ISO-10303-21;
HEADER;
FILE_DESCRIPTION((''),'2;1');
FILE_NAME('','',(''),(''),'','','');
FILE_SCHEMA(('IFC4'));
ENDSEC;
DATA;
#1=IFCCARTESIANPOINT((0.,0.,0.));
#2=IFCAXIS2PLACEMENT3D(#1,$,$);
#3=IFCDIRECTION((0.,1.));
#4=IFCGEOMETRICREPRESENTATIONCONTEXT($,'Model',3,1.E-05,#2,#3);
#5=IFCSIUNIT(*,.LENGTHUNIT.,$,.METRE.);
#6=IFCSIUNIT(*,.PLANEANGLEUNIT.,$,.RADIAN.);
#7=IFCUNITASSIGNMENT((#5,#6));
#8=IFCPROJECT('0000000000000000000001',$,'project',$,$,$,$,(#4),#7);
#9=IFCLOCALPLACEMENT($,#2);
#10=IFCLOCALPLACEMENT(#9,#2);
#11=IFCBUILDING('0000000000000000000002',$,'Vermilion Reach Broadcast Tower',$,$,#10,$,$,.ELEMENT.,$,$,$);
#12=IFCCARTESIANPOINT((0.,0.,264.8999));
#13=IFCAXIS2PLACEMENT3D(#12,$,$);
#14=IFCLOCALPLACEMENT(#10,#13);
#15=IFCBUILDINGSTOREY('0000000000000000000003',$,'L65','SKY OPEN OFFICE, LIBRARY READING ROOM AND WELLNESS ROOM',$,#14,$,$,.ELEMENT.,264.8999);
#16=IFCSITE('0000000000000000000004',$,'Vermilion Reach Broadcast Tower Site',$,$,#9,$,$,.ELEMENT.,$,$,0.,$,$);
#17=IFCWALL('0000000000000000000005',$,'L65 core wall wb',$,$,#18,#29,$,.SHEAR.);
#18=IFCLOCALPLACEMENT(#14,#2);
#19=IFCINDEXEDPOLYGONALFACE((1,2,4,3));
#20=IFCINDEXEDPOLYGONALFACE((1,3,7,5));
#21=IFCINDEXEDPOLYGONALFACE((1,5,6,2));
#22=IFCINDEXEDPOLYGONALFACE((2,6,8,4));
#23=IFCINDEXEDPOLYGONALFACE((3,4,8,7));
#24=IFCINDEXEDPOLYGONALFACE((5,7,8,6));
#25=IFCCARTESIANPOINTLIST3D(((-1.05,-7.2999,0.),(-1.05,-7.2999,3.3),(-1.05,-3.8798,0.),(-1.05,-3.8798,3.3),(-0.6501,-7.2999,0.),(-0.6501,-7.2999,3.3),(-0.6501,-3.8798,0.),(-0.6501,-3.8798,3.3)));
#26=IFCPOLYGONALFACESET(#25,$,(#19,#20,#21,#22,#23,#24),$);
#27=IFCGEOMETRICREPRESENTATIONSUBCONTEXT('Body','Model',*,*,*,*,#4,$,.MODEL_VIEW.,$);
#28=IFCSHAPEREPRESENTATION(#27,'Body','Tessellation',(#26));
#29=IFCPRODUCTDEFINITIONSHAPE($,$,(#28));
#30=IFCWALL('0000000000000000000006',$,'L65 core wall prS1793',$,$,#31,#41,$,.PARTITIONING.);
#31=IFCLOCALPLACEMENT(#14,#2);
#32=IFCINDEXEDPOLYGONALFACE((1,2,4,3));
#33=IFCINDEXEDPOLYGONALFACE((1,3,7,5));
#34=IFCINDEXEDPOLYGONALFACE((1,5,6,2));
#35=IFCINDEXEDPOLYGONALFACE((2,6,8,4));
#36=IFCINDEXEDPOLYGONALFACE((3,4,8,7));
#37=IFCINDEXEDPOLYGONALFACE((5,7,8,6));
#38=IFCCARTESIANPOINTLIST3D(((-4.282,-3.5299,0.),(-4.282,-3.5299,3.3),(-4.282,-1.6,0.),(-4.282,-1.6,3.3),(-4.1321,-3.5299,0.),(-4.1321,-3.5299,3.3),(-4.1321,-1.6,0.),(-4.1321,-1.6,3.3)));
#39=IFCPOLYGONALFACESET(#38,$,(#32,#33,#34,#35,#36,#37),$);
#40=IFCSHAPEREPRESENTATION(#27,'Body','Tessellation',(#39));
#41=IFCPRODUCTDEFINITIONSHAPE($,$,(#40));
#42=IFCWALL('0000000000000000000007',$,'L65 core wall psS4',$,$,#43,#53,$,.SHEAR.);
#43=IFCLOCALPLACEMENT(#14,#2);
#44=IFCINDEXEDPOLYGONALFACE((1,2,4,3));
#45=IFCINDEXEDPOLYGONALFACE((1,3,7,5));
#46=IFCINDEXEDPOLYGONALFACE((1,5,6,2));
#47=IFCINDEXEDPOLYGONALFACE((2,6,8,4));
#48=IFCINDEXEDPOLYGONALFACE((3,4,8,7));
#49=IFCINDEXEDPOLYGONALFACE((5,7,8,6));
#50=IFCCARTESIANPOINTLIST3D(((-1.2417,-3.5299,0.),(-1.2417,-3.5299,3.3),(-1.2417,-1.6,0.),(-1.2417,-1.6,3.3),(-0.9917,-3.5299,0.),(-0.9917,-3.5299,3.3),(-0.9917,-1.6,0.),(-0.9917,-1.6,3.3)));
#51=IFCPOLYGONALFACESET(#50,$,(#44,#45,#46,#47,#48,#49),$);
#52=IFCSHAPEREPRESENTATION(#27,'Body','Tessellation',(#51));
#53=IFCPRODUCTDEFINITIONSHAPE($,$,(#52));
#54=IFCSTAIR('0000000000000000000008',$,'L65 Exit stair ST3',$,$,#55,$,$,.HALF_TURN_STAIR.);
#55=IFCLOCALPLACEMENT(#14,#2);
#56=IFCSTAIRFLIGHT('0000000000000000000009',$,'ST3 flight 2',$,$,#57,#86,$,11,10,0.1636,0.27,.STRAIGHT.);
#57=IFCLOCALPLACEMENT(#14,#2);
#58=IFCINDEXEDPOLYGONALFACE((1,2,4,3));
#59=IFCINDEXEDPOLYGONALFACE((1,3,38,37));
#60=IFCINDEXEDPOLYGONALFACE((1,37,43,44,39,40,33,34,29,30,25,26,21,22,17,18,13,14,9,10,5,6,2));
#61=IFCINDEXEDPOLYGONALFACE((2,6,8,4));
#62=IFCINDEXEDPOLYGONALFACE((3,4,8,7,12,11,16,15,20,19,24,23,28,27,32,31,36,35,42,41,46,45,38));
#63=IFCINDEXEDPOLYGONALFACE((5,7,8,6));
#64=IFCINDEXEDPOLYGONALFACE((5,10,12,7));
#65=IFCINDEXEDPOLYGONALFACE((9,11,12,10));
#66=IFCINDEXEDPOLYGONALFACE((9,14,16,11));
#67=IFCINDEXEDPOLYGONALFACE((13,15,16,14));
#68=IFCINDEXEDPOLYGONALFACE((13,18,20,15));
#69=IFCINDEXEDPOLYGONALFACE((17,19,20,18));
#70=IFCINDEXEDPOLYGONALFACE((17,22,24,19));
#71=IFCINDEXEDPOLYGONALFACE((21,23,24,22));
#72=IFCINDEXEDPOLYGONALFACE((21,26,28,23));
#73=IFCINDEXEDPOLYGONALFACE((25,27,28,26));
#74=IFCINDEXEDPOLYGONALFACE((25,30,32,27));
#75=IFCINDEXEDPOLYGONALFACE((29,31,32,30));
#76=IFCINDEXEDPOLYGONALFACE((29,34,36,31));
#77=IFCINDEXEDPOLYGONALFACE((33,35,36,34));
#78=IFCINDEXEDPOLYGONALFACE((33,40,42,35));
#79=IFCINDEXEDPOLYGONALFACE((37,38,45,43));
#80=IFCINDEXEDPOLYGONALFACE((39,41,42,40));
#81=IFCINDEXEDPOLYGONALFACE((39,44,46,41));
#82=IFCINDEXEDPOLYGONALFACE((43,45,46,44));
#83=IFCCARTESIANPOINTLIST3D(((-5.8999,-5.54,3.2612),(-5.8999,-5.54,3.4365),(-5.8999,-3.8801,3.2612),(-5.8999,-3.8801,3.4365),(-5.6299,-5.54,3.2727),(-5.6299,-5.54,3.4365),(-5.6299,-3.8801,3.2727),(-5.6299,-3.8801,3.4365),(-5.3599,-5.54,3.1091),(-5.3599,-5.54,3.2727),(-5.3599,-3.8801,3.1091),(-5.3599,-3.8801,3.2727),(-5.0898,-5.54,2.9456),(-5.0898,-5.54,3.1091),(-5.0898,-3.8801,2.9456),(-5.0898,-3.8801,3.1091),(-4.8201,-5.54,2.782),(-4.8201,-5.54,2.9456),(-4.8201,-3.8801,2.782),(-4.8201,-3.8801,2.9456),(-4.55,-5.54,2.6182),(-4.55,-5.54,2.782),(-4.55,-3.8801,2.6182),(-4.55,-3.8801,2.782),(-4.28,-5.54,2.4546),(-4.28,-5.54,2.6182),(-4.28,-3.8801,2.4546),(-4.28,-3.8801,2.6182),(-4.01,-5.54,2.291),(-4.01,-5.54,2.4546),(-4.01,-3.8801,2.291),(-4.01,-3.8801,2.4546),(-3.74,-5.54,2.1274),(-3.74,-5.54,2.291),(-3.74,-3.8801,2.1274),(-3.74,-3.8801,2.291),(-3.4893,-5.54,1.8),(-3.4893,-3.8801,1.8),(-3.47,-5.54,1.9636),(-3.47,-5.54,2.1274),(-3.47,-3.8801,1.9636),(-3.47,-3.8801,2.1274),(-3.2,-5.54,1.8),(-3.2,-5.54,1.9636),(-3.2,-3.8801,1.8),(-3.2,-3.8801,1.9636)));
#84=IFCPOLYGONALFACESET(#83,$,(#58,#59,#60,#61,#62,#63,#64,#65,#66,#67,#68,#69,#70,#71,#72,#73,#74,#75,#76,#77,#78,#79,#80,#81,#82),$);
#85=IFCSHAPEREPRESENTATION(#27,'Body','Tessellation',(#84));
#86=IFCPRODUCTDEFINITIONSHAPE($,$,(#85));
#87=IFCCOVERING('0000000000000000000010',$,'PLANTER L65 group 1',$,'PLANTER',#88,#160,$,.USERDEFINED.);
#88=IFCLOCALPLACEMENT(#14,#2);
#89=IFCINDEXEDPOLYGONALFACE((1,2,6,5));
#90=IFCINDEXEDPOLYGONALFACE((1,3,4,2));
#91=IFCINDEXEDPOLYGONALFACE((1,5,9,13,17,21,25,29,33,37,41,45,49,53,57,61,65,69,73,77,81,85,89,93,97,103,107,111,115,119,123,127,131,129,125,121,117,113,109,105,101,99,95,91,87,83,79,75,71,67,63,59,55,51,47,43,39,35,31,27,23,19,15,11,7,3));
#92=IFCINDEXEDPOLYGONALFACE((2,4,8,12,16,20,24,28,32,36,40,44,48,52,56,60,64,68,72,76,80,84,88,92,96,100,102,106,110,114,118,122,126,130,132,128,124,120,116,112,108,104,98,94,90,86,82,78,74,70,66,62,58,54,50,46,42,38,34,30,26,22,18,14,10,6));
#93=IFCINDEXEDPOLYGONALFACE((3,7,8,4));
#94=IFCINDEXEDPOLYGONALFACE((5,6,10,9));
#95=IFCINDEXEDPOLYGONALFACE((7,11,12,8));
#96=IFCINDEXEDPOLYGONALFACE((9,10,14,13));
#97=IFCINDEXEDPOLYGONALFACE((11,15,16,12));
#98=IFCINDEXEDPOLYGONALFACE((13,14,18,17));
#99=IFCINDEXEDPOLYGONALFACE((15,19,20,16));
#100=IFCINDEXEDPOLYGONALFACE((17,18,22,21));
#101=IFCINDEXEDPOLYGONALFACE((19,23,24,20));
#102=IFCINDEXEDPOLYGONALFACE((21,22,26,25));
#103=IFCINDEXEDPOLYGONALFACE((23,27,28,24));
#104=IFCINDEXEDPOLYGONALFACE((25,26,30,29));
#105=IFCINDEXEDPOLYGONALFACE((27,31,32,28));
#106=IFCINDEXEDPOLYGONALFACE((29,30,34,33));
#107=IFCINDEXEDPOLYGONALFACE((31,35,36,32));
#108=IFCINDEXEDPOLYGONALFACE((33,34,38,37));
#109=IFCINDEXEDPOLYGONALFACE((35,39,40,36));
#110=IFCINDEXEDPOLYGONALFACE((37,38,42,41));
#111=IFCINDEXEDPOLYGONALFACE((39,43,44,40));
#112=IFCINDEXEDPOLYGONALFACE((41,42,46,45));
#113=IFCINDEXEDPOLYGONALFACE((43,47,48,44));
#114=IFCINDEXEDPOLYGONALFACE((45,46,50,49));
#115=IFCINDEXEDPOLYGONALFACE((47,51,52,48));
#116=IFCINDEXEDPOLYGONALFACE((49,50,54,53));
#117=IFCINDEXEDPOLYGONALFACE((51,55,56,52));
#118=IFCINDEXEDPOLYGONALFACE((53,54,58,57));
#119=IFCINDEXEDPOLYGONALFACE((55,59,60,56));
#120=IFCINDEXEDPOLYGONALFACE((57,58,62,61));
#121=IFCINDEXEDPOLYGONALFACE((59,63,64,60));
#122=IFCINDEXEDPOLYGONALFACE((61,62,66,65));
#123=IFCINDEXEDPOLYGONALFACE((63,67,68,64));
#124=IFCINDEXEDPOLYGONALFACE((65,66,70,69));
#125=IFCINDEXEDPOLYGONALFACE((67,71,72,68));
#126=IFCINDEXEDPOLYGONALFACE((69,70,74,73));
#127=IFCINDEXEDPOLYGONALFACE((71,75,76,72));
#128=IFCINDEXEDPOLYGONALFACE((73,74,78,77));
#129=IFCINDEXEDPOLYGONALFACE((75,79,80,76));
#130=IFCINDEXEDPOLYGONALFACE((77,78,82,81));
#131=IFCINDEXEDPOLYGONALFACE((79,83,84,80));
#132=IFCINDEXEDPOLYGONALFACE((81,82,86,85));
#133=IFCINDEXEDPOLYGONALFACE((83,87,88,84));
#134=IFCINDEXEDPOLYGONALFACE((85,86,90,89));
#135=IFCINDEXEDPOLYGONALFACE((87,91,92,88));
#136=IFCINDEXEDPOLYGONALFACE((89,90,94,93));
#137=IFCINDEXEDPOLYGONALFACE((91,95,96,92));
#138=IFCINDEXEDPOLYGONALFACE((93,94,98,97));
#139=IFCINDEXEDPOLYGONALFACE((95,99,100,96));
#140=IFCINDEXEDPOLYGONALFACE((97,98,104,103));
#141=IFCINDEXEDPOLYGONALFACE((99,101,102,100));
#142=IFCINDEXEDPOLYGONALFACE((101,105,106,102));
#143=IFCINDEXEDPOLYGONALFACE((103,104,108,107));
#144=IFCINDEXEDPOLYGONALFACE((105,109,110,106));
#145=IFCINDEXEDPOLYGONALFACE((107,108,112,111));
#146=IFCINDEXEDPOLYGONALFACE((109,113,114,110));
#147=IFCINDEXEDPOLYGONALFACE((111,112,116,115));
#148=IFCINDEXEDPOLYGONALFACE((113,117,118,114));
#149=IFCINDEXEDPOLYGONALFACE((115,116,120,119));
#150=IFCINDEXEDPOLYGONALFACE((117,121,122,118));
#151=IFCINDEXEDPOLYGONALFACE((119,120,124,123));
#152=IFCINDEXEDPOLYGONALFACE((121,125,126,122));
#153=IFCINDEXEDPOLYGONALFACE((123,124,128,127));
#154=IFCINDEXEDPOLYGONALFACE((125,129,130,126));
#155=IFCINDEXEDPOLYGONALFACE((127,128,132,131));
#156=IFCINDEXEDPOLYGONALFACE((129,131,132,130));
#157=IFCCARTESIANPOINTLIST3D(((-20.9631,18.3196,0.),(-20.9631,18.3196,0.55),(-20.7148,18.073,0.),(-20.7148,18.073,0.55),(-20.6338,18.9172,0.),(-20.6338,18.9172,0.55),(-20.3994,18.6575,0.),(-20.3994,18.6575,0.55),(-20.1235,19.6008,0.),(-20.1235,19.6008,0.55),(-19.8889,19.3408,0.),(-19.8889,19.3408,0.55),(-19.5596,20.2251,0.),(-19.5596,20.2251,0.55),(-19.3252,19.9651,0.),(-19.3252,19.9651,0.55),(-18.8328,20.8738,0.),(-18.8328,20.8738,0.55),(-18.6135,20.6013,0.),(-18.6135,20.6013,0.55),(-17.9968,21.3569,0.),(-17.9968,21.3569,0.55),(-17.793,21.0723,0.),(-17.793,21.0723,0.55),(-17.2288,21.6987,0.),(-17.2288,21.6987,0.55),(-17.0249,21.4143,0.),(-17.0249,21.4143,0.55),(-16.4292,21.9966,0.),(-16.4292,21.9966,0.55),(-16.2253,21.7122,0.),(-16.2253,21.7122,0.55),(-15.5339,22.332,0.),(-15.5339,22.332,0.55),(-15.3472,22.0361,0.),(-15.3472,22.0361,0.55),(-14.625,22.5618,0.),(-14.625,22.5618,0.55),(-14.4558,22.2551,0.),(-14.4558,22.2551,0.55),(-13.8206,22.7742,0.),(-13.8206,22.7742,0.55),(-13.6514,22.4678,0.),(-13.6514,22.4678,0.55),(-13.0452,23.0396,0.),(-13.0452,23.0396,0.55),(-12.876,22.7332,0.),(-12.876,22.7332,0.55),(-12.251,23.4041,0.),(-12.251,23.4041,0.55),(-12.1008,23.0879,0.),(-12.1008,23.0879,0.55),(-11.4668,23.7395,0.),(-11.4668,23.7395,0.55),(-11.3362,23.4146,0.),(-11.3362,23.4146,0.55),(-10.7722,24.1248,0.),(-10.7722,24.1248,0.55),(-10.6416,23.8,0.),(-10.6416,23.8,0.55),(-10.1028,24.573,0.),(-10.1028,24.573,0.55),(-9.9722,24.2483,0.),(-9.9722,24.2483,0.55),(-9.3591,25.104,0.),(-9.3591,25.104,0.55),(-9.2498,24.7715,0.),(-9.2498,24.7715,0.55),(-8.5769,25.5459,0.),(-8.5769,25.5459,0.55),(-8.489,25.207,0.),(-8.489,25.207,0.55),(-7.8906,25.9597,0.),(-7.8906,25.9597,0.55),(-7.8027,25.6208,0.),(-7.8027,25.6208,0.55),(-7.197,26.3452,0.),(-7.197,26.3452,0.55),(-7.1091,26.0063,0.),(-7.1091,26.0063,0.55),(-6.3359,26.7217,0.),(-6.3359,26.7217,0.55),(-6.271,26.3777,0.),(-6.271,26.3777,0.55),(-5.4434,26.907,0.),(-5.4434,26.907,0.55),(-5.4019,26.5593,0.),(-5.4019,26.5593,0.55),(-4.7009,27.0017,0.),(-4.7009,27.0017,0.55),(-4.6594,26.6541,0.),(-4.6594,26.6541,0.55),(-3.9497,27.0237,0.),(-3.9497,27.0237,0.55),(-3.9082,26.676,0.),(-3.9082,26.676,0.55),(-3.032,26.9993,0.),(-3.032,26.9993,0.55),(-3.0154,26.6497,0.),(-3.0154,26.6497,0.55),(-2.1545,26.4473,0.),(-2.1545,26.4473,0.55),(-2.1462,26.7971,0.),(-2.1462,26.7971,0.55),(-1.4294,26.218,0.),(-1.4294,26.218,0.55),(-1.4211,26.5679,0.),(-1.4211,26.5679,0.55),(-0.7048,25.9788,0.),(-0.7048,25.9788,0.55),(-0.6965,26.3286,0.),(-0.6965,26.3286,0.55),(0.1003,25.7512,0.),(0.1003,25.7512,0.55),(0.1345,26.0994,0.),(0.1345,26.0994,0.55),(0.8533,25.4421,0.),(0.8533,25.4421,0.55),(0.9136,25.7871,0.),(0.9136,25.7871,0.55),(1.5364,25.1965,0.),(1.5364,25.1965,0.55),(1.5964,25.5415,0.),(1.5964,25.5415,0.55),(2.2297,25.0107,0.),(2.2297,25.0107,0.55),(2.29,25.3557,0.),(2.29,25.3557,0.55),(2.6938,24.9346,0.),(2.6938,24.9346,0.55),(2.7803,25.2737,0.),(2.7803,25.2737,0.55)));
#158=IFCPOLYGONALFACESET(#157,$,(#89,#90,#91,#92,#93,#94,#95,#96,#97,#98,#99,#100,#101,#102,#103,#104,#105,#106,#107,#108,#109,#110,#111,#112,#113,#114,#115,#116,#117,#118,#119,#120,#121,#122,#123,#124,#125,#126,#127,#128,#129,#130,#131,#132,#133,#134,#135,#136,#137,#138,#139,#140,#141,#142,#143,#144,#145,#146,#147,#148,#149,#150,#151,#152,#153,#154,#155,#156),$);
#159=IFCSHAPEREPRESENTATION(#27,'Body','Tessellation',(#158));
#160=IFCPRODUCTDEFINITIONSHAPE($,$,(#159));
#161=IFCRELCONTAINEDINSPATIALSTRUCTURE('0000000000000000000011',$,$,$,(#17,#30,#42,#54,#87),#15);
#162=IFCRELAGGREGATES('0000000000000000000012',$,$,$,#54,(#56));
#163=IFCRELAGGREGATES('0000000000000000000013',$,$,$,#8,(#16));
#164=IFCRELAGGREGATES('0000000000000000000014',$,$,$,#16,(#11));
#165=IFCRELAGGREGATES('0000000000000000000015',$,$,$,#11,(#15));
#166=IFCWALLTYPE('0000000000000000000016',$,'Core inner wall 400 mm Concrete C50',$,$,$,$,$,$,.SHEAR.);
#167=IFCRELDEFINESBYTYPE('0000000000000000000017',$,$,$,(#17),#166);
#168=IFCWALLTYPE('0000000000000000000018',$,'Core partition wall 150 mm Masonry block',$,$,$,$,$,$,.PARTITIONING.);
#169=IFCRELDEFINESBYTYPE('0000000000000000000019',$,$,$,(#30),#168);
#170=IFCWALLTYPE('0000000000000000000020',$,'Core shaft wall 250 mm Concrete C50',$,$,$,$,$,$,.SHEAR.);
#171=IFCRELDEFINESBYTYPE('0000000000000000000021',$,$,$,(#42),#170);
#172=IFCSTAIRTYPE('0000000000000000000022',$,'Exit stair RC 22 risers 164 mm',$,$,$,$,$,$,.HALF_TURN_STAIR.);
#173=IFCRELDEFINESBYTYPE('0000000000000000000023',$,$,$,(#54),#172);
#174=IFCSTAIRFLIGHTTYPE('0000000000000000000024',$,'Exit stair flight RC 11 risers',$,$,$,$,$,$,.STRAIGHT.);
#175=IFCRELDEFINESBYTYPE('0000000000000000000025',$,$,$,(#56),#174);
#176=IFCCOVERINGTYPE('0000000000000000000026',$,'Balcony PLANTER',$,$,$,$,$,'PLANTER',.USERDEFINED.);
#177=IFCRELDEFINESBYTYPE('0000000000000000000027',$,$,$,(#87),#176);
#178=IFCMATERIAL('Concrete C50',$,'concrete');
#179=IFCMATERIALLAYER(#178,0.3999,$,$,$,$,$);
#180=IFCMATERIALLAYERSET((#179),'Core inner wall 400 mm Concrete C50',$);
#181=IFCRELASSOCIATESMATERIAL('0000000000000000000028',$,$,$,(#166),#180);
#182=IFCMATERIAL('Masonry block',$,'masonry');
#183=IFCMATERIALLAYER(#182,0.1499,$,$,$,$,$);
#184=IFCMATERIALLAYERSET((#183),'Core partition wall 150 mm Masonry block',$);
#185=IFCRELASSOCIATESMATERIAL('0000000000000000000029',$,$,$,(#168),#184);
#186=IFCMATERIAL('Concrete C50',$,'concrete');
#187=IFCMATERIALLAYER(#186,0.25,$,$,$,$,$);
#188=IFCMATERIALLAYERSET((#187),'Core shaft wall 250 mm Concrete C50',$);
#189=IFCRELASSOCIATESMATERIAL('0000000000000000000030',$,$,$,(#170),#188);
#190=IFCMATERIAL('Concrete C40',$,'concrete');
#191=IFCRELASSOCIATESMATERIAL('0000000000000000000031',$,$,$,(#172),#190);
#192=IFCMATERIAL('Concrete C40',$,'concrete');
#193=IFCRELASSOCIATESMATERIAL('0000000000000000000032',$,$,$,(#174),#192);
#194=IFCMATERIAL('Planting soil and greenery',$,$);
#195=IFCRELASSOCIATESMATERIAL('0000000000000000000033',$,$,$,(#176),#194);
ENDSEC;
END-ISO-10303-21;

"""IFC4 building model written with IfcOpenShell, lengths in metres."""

from ifc_helpers import new_model, si_unit, direction, frame, frame_2d, origin, place, context, subcontext, project, spatial, polyline, rectangle, outline, extrude, material, layer, layer_set, type_object, element, aggregate, save


model = new_model("IFC4")

# Units and contexts
model_context = context("Model", 3, precision=1e-05, world=origin(), true_north=direction((0.0, 1.0)))
body_context = subcontext(model_context, "Body", "Model", "MODEL_VIEW")
ifc_project = project(units=[si_unit("LENGTHUNIT", "METRE"), si_unit("PLANEANGLEUNIT", "RADIAN")], contexts=[model_context])

# Site, building, storey
site_placement = place(None, origin())
site = spatial("IfcSite", under=ifc_project, at=site_placement, Name="Vermilion Reach Broadcast Tower Site", CompositionType="ELEMENT", RefElevation=0.0)
building_placement = place(site_placement, origin())
building = spatial("IfcBuilding", under=site, at=building_placement, Name="Vermilion Reach Broadcast Tower", CompositionType="ELEMENT")
storey_placement = place(building_placement, frame((0.0, 0.0, 264.8999)))
storey = spatial("IfcBuildingStorey", under=building, at=storey_placement, Name="L65", Description="SKY OPEN OFFICE, LIBRARY READING ROOM AND WELLNESS ROOM", CompositionType="ELEMENT", Elevation=264.8999)

# Walls
ifc_material_1 = material(Name="Concrete C50", Category="concrete")
ifc_layer_1 = layer(ifc_material_1, 0.3999)
ifc_layer_set_1 = layer_set([ifc_layer_1], Name="Core inner wall 400 mm Concrete C50")
wall_type_1 = type_object("IfcWallType", Name="Core inner wall 400 mm Concrete C50", PredefinedType="SHEAR", material=ifc_layer_set_1)
wall_1_placement = place(storey_placement, frame((-0.8501, -3.8799, 0.0), z_axis=(0.0, 0.0, 1.0), x_axis=(0.0, -1.0, 0.0)))
element("IfcWall", 1, at=wall_1_placement, inside=storey, type_object=wall_type_1, Name="L65 core wall wb", PredefinedType="SHEAR", context=body_context, shape_type="SweptSolid", body=[
    extrude(rectangle(XDim=3.4202, YDim=0.3999, at=frame_2d((1.71, 0.0))), origin(), (0.0, 0.0, 1.0), 3.3),
])
ifc_material_2 = material(Name="Masonry block", Category="masonry")
ifc_layer_2 = layer(ifc_material_2, 0.1499)
ifc_layer_set_2 = layer_set([ifc_layer_2], Name="Core partition wall 150 mm Masonry block")
wall_type_2 = type_object("IfcWallType", Name="Core partition wall 150 mm Masonry block", PredefinedType="PARTITIONING", material=ifc_layer_set_2)
wall_2_placement = place(storey_placement, frame((-4.207, -1.6001, 0.0), z_axis=(0.0, 0.0, 1.0), x_axis=(0.0, -1.0, 0.0)))
element("IfcWall", 2, at=wall_2_placement, inside=storey, type_object=wall_type_2, Name="L65 core wall prS1793", PredefinedType="PARTITIONING", context=body_context, shape_type="SweptSolid", body=[
    extrude(rectangle(XDim=1.9299, YDim=0.1499, at=frame_2d((0.9648, 0.0))), origin(), (0.0, 0.0, 1.0), 3.3),
])
ifc_material_3 = material(Name="Concrete C50", Category="concrete")
ifc_layer_3 = layer(ifc_material_3, 0.25)
ifc_layer_set_3 = layer_set([ifc_layer_3], Name="Core shaft wall 250 mm Concrete C50")
wall_type_3 = type_object("IfcWallType", Name="Core shaft wall 250 mm Concrete C50", PredefinedType="SHEAR", material=ifc_layer_set_3)
wall_3_placement = place(storey_placement, frame((-1.1167, -1.6001, 0.0), z_axis=(0.0, 0.0, 1.0), x_axis=(0.0, -1.0, 0.0)))
element("IfcWall", 3, at=wall_3_placement, inside=storey, type_object=wall_type_3, Name="L65 core wall psS4", PredefinedType="SHEAR", context=body_context, shape_type="SweptSolid", body=[
    extrude(rectangle(XDim=1.9299, YDim=0.25, at=frame_2d((0.9648, 0.0))), origin(), (0.0, 0.0, 1.0), 3.3),
])

# Stair, stair flight
ifc_material_4 = material(Name="Concrete C40", Category="concrete")
stair_type = type_object("IfcStairType", Name="Exit stair RC 22 risers 164 mm", PredefinedType="HALF_TURN_STAIR", material=ifc_material_4)
placement_1 = place(storey_placement, origin())
stair = element("IfcStair", 4, at=placement_1, inside=storey, type_object=stair_type, Name="L65 Exit stair ST3", PredefinedType="HALF_TURN_STAIR")
ifc_material_5 = material(Name="Concrete C40", Category="concrete")
stair_flight_type = type_object("IfcStairFlightType", Name="Exit stair flight RC 11 risers", PredefinedType="STRAIGHT", material=ifc_material_5)
stair_flight_placement = place(storey_placement, frame((-3.2, -4.71, 1.8), z_axis=(0.0, 0.0, 1.0), x_axis=(-1.0, 0.0, 0.0)))
stair_flight = element("IfcStairFlight", 5, at=stair_flight_placement, type_object=stair_flight_type, Name="ST3 flight 2", NumberOfRisers=11, NumberOfTreads=10, PredefinedType="STRAIGHT", RiserHeight=0.1636, TreadLength=0.27, context=body_context, shape_type="SweptSolid", body=[
    extrude(outline(polyline([(0.0, 0.0), (0.0, 0.1636), (0.27, 0.1636), (0.27, 0.3274), (0.54, 0.3274), (0.54, 0.491), (0.8101, 0.491), (0.8101, 0.6545), (1.0801, 0.6545), (1.0801, 0.8181), (1.3501, 0.8181), (1.3501, 0.9819), (1.6201, 0.9819), (1.6201, 1.1455), (1.8899, 1.1455), (1.8899, 1.3091), (2.1599, 1.3091), (2.1599, 1.4727), (2.4299, 1.4727), (2.4299, 1.6365), (2.7, 1.6365), (2.7, 1.8), (2.7, 1.4612), (0.2893, 0.0), (0.0, 0.0)])), frame((0.0, 0.8301, 0.0), z_axis=(0.0, -1.0, 0.0), x_axis=(1.0, 0.0, 0.0)), (0.0, 0.0, 1.0), 1.6599),
])
aggregate(stair, [stair_flight])

# Covering
ifc_material_6 = material(Name="Planting soil and greenery")
covering_type = type_object("IfcCoveringType", Name="Balcony PLANTER", ElementType="PLANTER", PredefinedType="USERDEFINED", material=ifc_material_6)
element("IfcCovering", 6, at=placement_1, inside=storey, type_object=covering_type, Name="PLANTER L65 group 1", ObjectType="PLANTER", PredefinedType="USERDEFINED", context=body_context, shape_type="SweptSolid", body=[
    extrude(outline(polyline([(2.7803, 25.2737), (2.29, 25.3557), (1.5964, 25.5415), (0.9136, 25.7871), (0.1345, 26.0994), (-0.6965, 26.3286), (-1.4211, 26.5679), (-2.1462, 26.7971), (-3.032, 26.9993), (-3.9497, 27.0237), (-4.7009, 27.0017), (-5.4434, 26.907), (-6.3359, 26.7217), (-7.197, 26.3452), (-7.8906, 25.9597), (-8.5769, 25.5459), (-9.3591, 25.104), (-10.1028, 24.573), (-10.7722, 24.1248), (-11.4668, 23.7395), (-12.251, 23.4041), (-13.0452, 23.0396), (-13.8206, 22.7742), (-14.625, 22.5618), (-15.5339, 22.332), (-16.4292, 21.9966), (-17.2288, 21.6987), (-17.9968, 21.3569), (-18.8328, 20.8738), (-19.5596, 20.2251), (-20.1235, 19.6008), (-20.6338, 18.9172), (-20.9631, 18.3196), (-20.7148, 18.073), (-20.3994, 18.6575), (-19.8889, 19.3408), (-19.3252, 19.9651), (-18.6135, 20.6013), (-17.793, 21.0723), (-17.0249, 21.4143), (-16.2253, 21.7122), (-15.3472, 22.0361), (-14.4558, 22.2551), (-13.6514, 22.4678), (-12.876, 22.7332), (-12.1008, 23.0879), (-11.3362, 23.4146), (-10.6416, 23.8), (-9.9722, 24.2483), (-9.2498, 24.7715), (-8.489, 25.207), (-7.8027, 25.6208), (-7.1091, 26.0063), (-6.271, 26.3777), (-5.4019, 26.5593), (-4.6594, 26.6541), (-3.9082, 26.676), (-3.0154, 26.6497), (-2.1545, 26.4473), (-1.4294, 26.218), (-0.7048, 25.9788), (0.1003, 25.7512), (0.8533, 25.4421), (1.5364, 25.1965), (2.2297, 25.0107), (2.6938, 24.9346), (2.7803, 25.2737)])), origin(), (0.0, 0.0, 1.0), 0.55),
])

save(model, "model.ifc")
